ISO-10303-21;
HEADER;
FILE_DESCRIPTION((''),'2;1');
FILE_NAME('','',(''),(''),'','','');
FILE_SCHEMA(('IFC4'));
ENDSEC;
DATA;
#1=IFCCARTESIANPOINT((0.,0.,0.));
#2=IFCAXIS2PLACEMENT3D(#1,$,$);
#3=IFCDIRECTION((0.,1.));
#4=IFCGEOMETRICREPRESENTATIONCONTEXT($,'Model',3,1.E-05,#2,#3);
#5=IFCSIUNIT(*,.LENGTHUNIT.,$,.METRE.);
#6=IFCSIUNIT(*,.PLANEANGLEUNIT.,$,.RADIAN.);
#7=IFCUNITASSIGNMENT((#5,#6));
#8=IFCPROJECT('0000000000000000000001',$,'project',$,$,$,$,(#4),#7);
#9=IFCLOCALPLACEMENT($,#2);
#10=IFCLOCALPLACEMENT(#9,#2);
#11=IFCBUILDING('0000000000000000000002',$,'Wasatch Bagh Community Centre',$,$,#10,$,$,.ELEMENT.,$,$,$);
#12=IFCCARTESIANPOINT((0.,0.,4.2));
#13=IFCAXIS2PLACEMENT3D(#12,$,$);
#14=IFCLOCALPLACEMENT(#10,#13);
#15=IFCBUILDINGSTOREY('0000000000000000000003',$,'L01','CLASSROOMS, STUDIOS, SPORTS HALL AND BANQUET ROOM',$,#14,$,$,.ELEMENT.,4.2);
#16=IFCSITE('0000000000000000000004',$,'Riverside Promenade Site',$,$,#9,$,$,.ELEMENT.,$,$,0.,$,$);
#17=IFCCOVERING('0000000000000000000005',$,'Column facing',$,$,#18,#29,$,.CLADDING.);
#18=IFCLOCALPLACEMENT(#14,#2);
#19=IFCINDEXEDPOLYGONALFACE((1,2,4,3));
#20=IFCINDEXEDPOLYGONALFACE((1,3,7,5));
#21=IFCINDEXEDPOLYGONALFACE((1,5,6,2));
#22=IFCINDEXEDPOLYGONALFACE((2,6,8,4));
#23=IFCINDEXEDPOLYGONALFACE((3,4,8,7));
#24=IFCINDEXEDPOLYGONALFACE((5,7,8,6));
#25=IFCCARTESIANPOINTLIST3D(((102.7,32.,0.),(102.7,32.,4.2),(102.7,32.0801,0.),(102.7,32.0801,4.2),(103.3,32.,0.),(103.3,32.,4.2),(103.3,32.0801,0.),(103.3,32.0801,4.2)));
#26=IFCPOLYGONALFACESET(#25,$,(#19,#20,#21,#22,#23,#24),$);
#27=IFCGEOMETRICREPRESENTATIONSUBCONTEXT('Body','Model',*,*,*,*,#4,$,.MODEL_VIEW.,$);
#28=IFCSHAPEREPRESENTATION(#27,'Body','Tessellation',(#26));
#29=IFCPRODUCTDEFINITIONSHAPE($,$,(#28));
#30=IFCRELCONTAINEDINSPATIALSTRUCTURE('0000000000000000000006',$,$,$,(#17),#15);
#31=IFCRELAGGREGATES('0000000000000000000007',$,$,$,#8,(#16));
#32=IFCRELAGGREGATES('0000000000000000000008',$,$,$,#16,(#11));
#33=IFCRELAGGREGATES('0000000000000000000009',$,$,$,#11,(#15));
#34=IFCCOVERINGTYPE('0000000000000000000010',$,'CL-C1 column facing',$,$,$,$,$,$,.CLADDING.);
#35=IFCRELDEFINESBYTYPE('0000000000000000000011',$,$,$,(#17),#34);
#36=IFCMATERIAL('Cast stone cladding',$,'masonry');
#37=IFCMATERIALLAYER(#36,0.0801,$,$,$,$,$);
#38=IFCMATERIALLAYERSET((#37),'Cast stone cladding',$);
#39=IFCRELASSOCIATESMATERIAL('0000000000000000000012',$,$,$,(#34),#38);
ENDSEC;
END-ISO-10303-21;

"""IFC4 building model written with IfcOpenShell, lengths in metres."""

from ifc_helpers import new_model, si_unit, direction, frame, origin, place, context, subcontext, project, spatial, polyline, outline, extrude, material, layer, layer_set, type_object, element, save


model = new_model("IFC4")

# Units and contexts
model_context = context("Model", 3, precision=1e-05, world=origin(), true_north=direction((0.0, 1.0)))
body_context = subcontext(model_context, "Body", "Model", "MODEL_VIEW")
ifc_project = project(units=[si_unit("LENGTHUNIT", "METRE"), si_unit("PLANEANGLEUNIT", "RADIAN")], contexts=[model_context])

# Site, building, storey
site_placement = place(None, origin())
site = spatial("IfcSite", under=ifc_project, at=site_placement, Name="Riverside Promenade Site", CompositionType="ELEMENT", RefElevation=0.0)
building_placement = place(site_placement, origin())
building = spatial("IfcBuilding", under=site, at=building_placement, Name="Wasatch Bagh Community Centre", CompositionType="ELEMENT")
storey_placement = place(building_placement, frame((0.0, 0.0, 4.2)))
storey = spatial("IfcBuildingStorey", under=building, at=storey_placement, Name="L01", Description="CLASSROOMS, STUDIOS, SPORTS HALL AND BANQUET ROOM", CompositionType="ELEMENT", Elevation=4.2)

# Covering
ifc_material = material(Name="Cast stone cladding", Category="masonry")
ifc_layer = layer(ifc_material, 0.0801)
ifc_layer_set = layer_set([ifc_layer], Name="Cast stone cladding")
covering_type = type_object("IfcCoveringType", Name="CL-C1 column facing", PredefinedType="CLADDING", material=ifc_layer_set)
covering_1_placement = place(storey_placement, origin())
element("IfcCovering", 1, at=covering_1_placement, inside=storey, type_object=covering_type, Name="Column facing", PredefinedType="CLADDING", context=body_context, shape_type="SweptSolid", body=[
    extrude(outline(polyline([(103.3, 32.0), (102.7, 32.0), (102.7, 32.0801), (103.3, 32.0801), (103.3, 32.0)])), origin(), (0.0, 0.0, 1.0), 4.2),
])

save(model, "model.ifc")
